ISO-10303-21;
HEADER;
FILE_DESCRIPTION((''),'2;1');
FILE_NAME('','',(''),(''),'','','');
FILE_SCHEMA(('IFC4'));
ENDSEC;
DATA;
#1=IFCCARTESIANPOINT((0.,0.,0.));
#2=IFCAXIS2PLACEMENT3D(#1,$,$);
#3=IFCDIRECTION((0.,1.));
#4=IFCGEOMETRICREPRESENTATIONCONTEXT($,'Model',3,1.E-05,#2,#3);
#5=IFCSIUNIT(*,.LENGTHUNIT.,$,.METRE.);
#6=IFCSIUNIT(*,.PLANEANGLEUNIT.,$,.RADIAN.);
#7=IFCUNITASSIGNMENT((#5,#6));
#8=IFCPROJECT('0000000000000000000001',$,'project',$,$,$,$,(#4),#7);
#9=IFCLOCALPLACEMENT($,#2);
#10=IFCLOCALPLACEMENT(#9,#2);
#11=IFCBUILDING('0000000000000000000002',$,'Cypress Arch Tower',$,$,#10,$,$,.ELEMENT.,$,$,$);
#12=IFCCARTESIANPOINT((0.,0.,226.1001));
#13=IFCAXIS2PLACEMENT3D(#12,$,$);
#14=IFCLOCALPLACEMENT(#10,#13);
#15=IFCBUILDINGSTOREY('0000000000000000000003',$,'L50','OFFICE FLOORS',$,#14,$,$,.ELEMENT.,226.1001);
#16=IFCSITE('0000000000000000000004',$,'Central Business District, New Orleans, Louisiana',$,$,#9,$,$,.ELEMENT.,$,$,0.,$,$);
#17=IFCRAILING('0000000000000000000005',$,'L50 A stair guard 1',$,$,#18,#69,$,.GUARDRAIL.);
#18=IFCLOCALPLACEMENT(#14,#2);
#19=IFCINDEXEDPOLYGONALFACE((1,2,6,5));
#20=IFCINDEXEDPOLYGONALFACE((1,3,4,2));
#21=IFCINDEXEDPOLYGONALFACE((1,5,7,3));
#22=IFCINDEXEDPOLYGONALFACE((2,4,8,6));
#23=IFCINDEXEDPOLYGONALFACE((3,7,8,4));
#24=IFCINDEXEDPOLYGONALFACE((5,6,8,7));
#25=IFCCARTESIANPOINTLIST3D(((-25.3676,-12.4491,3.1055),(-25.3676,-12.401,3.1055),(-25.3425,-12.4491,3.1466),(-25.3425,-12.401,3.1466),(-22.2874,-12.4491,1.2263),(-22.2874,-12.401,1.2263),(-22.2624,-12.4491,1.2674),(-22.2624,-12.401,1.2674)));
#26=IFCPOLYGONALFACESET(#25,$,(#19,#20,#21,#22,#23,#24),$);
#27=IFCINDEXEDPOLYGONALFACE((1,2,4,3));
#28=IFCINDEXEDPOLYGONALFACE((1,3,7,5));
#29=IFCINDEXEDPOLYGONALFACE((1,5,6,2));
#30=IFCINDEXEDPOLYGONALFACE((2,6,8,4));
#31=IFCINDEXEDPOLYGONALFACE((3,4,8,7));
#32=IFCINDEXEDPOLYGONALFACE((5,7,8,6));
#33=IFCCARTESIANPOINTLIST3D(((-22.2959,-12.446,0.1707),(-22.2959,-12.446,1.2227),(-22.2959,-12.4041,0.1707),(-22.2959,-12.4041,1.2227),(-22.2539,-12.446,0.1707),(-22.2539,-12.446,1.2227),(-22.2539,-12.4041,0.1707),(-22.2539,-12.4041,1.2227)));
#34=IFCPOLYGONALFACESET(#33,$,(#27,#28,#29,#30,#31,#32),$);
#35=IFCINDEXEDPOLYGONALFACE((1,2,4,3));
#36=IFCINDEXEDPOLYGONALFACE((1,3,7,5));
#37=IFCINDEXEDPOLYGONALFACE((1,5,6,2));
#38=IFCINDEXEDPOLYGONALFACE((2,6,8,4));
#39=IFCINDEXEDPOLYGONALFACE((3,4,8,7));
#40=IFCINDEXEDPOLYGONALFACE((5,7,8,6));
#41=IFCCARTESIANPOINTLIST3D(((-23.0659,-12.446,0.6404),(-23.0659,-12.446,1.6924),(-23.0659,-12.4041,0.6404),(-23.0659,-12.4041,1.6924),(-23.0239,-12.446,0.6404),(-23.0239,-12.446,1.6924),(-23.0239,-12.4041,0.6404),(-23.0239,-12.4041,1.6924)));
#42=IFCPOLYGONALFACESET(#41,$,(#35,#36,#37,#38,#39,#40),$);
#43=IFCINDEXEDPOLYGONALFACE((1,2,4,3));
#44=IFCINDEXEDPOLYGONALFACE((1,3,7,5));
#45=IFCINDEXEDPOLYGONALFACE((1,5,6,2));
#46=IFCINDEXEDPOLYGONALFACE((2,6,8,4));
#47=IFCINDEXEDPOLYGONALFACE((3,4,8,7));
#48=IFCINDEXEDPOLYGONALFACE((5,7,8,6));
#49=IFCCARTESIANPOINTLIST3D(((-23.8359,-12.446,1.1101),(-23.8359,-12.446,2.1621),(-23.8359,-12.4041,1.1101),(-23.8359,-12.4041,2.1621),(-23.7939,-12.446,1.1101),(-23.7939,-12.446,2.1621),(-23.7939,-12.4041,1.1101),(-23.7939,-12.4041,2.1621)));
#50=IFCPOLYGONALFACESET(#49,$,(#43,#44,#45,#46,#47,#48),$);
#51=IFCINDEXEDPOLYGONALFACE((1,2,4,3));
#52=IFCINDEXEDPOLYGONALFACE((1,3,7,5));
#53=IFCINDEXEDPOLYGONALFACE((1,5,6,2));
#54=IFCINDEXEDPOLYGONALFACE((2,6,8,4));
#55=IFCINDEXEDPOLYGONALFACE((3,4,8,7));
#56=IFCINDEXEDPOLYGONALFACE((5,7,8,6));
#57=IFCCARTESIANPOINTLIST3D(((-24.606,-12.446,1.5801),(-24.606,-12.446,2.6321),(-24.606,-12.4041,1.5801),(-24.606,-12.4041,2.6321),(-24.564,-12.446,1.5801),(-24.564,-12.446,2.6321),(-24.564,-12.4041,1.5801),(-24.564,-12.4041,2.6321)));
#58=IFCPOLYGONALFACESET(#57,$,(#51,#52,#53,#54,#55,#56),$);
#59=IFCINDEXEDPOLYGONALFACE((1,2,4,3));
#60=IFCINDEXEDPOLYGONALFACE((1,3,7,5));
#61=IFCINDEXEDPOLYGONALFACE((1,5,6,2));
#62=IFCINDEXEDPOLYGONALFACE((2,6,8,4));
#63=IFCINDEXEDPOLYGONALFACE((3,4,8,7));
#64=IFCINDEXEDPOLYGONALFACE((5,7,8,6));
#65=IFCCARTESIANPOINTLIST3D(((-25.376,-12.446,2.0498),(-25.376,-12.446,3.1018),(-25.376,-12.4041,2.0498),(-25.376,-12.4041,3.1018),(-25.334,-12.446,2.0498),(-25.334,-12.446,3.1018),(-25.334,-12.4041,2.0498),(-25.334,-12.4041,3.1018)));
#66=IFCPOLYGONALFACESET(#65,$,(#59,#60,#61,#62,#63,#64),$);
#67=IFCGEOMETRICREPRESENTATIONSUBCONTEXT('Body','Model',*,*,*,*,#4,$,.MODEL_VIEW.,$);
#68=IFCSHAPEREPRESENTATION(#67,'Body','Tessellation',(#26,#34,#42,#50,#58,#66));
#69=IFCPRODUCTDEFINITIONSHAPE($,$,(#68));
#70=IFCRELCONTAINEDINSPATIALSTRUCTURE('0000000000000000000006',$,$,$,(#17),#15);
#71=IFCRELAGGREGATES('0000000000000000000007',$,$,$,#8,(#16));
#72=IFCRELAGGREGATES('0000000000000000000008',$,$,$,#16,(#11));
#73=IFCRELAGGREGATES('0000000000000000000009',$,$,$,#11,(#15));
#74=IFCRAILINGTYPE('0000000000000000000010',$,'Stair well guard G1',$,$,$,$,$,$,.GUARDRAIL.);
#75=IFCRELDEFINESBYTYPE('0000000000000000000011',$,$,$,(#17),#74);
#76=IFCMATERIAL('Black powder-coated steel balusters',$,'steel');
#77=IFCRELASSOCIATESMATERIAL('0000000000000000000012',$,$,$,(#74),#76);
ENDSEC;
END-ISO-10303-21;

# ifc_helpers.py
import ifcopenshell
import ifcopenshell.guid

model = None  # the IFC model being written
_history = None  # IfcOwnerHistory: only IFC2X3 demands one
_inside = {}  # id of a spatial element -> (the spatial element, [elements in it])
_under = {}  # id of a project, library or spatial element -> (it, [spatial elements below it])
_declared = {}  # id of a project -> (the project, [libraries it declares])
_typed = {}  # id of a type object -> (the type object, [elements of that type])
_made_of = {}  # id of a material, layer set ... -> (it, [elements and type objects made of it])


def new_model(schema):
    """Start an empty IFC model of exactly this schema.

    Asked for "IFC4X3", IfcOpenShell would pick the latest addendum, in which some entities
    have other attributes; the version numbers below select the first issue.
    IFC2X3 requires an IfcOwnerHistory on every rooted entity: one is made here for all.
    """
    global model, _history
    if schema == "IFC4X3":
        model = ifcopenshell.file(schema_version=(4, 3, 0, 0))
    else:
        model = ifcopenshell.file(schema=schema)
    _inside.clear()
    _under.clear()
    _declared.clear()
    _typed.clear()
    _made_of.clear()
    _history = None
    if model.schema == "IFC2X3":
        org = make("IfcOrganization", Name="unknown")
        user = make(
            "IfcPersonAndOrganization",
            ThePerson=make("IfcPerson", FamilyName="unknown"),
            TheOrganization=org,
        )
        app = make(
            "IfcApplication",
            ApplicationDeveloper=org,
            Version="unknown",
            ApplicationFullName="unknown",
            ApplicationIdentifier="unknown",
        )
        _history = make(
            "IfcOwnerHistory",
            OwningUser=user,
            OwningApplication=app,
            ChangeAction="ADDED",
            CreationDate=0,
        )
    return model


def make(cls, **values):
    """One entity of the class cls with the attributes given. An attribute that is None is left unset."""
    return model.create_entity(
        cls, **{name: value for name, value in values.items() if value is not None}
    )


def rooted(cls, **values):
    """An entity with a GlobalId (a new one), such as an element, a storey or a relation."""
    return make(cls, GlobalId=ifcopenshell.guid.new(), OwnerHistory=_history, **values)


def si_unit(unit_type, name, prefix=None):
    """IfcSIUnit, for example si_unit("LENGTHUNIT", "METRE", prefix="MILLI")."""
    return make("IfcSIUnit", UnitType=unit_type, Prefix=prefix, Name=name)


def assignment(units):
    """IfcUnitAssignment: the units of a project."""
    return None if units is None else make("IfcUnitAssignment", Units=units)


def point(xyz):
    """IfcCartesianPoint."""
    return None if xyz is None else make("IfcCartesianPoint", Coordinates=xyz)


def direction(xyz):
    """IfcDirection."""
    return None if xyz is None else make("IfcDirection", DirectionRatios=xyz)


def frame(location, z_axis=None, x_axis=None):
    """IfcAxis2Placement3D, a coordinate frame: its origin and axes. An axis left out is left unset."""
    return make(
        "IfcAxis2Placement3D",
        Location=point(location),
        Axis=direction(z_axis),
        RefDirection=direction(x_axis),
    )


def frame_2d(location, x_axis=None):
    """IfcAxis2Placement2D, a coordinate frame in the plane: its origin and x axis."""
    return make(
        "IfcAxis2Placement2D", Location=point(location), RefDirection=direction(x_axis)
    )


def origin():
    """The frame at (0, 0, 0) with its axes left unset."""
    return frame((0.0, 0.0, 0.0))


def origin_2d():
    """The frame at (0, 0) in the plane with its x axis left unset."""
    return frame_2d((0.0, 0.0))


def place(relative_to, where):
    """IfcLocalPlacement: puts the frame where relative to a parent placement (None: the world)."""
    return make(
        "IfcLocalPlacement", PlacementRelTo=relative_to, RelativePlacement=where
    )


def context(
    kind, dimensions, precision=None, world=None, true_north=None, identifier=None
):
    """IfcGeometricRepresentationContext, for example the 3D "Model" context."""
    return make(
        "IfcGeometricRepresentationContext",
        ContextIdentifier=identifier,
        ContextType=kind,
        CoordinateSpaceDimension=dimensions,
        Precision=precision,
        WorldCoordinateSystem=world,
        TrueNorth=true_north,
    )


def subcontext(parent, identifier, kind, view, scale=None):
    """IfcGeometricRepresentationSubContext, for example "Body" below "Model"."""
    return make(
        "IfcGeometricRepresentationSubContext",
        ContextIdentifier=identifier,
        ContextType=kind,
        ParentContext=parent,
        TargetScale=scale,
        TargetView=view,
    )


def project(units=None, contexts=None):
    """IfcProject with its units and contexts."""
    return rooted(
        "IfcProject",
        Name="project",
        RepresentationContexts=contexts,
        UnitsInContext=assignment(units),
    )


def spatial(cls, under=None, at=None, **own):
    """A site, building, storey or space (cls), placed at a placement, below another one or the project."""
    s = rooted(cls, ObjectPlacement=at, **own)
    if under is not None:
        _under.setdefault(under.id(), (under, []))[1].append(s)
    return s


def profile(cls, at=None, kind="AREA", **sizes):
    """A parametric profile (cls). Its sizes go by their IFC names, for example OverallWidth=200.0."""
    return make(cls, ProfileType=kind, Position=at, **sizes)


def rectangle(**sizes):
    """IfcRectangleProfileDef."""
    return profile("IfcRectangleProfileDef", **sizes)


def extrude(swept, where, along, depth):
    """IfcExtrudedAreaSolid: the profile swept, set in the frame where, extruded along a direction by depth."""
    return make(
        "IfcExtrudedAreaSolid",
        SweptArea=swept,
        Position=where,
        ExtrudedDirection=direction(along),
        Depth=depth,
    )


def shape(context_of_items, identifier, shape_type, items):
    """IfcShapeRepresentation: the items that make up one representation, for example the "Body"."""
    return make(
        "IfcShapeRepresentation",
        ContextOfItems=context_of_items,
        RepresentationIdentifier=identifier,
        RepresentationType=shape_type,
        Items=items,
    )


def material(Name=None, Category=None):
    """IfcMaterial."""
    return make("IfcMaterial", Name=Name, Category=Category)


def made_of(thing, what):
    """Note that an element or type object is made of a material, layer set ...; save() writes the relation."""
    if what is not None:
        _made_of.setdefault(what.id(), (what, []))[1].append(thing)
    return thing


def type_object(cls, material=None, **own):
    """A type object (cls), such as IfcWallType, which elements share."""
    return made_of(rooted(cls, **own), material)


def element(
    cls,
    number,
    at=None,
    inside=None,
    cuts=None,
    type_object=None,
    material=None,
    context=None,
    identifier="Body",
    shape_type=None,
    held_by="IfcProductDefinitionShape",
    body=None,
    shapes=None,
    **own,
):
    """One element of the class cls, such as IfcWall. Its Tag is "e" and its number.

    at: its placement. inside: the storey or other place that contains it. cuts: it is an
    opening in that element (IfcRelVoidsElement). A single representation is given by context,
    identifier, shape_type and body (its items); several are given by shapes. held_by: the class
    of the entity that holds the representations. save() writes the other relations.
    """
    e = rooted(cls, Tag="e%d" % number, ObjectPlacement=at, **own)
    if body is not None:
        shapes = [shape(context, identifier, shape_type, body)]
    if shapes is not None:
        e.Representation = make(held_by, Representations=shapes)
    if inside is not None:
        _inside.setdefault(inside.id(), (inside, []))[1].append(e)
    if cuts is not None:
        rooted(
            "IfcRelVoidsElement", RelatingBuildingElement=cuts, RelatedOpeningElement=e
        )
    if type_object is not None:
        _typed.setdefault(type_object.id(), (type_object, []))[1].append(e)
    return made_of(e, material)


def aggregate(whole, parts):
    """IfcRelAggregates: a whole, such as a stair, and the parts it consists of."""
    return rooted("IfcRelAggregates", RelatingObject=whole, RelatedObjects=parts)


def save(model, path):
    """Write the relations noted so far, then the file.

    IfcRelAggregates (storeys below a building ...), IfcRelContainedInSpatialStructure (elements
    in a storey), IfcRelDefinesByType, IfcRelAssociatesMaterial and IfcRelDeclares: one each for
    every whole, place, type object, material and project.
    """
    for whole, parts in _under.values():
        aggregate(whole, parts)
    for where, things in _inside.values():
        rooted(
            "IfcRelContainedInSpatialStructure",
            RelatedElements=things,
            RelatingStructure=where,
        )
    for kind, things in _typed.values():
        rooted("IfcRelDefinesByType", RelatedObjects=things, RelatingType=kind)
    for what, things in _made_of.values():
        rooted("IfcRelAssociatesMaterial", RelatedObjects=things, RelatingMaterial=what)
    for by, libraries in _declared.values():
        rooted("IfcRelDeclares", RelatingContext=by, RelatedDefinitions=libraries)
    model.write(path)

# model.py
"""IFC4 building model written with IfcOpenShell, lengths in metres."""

from ifc_helpers import new_model, si_unit, direction, frame, origin, origin_2d, place, context, subcontext, project, spatial, rectangle, extrude, material, type_object, element, save


model = new_model("IFC4")

# Units and contexts
model_context = context("Model", 3, precision=1e-05, world=origin(), true_north=direction((0.0, 1.0)))
body_context = subcontext(model_context, "Body", "Model", "MODEL_VIEW")
ifc_project = project(units=[si_unit("LENGTHUNIT", "METRE"), si_unit("PLANEANGLEUNIT", "RADIAN")], contexts=[model_context])

# Site, building, storey
site_placement = place(None, origin())
site = spatial("IfcSite", under=ifc_project, at=site_placement, Name="Central Business District, New Orleans, Louisiana", CompositionType="ELEMENT", RefElevation=0.0)
building_placement = place(site_placement, origin())
building = spatial("IfcBuilding", under=site, at=building_placement, Name="Cypress Arch Tower", CompositionType="ELEMENT")
storey_placement = place(building_placement, frame((0.0, 0.0, 226.1001)))
storey = spatial("IfcBuildingStorey", under=building, at=storey_placement, Name="L50", Description="OFFICE FLOORS", CompositionType="ELEMENT", Elevation=226.1001)

# Railing
ifc_material_1 = material(Name="Black powder-coated steel balusters", Category="steel")
railing_type_1 = type_object("IfcRailingType", Name="Stair well guard G1", PredefinedType="GUARDRAIL", material=ifc_material_1)
railing_1_placement = place(storey_placement, frame((-22.2749, -12.425, 0.1707)))
element("IfcRailing", 1, at=railing_1_placement, inside=storey, type_object=railing_type_1, Name="L50 A stair guard 1", PredefinedType="GUARDRAIL", context=body_context, shape_type="SweptSolid", body=[
    extrude(rectangle(XDim=0.0481, YDim=0.0481, at=origin_2d()), frame((0.0, 0.0, 1.0762), z_axis=(-0.853666, 0.0, 0.52082), x_axis=(0.0, -1.0, 0.0)), (0.0, 0.0, 1.0), 3.6082),
    extrude(rectangle(XDim=0.042, YDim=0.042, at=origin_2d()), origin(), (0.0, 0.0, 1.0), 1.052),
    extrude(rectangle(XDim=0.042, YDim=0.042, at=origin_2d()), frame((-0.77, 0.0, 0.4697)), (0.0, 0.0, 1.0), 1.052),
    extrude(rectangle(XDim=0.042, YDim=0.042, at=origin_2d()), frame((-1.54, 0.0, 0.9395)), (0.0, 0.0, 1.0), 1.052),
    extrude(rectangle(XDim=0.042, YDim=0.042, at=origin_2d()), frame((-2.3101, 0.0, 1.4094)), (0.0, 0.0, 1.0), 1.052),
    extrude(rectangle(XDim=0.042, YDim=0.042, at=origin_2d()), frame((-3.0801, 0.0, 1.8792)), (0.0, 0.0, 1.0), 1.052),
])

save(model, "model.ifc")
